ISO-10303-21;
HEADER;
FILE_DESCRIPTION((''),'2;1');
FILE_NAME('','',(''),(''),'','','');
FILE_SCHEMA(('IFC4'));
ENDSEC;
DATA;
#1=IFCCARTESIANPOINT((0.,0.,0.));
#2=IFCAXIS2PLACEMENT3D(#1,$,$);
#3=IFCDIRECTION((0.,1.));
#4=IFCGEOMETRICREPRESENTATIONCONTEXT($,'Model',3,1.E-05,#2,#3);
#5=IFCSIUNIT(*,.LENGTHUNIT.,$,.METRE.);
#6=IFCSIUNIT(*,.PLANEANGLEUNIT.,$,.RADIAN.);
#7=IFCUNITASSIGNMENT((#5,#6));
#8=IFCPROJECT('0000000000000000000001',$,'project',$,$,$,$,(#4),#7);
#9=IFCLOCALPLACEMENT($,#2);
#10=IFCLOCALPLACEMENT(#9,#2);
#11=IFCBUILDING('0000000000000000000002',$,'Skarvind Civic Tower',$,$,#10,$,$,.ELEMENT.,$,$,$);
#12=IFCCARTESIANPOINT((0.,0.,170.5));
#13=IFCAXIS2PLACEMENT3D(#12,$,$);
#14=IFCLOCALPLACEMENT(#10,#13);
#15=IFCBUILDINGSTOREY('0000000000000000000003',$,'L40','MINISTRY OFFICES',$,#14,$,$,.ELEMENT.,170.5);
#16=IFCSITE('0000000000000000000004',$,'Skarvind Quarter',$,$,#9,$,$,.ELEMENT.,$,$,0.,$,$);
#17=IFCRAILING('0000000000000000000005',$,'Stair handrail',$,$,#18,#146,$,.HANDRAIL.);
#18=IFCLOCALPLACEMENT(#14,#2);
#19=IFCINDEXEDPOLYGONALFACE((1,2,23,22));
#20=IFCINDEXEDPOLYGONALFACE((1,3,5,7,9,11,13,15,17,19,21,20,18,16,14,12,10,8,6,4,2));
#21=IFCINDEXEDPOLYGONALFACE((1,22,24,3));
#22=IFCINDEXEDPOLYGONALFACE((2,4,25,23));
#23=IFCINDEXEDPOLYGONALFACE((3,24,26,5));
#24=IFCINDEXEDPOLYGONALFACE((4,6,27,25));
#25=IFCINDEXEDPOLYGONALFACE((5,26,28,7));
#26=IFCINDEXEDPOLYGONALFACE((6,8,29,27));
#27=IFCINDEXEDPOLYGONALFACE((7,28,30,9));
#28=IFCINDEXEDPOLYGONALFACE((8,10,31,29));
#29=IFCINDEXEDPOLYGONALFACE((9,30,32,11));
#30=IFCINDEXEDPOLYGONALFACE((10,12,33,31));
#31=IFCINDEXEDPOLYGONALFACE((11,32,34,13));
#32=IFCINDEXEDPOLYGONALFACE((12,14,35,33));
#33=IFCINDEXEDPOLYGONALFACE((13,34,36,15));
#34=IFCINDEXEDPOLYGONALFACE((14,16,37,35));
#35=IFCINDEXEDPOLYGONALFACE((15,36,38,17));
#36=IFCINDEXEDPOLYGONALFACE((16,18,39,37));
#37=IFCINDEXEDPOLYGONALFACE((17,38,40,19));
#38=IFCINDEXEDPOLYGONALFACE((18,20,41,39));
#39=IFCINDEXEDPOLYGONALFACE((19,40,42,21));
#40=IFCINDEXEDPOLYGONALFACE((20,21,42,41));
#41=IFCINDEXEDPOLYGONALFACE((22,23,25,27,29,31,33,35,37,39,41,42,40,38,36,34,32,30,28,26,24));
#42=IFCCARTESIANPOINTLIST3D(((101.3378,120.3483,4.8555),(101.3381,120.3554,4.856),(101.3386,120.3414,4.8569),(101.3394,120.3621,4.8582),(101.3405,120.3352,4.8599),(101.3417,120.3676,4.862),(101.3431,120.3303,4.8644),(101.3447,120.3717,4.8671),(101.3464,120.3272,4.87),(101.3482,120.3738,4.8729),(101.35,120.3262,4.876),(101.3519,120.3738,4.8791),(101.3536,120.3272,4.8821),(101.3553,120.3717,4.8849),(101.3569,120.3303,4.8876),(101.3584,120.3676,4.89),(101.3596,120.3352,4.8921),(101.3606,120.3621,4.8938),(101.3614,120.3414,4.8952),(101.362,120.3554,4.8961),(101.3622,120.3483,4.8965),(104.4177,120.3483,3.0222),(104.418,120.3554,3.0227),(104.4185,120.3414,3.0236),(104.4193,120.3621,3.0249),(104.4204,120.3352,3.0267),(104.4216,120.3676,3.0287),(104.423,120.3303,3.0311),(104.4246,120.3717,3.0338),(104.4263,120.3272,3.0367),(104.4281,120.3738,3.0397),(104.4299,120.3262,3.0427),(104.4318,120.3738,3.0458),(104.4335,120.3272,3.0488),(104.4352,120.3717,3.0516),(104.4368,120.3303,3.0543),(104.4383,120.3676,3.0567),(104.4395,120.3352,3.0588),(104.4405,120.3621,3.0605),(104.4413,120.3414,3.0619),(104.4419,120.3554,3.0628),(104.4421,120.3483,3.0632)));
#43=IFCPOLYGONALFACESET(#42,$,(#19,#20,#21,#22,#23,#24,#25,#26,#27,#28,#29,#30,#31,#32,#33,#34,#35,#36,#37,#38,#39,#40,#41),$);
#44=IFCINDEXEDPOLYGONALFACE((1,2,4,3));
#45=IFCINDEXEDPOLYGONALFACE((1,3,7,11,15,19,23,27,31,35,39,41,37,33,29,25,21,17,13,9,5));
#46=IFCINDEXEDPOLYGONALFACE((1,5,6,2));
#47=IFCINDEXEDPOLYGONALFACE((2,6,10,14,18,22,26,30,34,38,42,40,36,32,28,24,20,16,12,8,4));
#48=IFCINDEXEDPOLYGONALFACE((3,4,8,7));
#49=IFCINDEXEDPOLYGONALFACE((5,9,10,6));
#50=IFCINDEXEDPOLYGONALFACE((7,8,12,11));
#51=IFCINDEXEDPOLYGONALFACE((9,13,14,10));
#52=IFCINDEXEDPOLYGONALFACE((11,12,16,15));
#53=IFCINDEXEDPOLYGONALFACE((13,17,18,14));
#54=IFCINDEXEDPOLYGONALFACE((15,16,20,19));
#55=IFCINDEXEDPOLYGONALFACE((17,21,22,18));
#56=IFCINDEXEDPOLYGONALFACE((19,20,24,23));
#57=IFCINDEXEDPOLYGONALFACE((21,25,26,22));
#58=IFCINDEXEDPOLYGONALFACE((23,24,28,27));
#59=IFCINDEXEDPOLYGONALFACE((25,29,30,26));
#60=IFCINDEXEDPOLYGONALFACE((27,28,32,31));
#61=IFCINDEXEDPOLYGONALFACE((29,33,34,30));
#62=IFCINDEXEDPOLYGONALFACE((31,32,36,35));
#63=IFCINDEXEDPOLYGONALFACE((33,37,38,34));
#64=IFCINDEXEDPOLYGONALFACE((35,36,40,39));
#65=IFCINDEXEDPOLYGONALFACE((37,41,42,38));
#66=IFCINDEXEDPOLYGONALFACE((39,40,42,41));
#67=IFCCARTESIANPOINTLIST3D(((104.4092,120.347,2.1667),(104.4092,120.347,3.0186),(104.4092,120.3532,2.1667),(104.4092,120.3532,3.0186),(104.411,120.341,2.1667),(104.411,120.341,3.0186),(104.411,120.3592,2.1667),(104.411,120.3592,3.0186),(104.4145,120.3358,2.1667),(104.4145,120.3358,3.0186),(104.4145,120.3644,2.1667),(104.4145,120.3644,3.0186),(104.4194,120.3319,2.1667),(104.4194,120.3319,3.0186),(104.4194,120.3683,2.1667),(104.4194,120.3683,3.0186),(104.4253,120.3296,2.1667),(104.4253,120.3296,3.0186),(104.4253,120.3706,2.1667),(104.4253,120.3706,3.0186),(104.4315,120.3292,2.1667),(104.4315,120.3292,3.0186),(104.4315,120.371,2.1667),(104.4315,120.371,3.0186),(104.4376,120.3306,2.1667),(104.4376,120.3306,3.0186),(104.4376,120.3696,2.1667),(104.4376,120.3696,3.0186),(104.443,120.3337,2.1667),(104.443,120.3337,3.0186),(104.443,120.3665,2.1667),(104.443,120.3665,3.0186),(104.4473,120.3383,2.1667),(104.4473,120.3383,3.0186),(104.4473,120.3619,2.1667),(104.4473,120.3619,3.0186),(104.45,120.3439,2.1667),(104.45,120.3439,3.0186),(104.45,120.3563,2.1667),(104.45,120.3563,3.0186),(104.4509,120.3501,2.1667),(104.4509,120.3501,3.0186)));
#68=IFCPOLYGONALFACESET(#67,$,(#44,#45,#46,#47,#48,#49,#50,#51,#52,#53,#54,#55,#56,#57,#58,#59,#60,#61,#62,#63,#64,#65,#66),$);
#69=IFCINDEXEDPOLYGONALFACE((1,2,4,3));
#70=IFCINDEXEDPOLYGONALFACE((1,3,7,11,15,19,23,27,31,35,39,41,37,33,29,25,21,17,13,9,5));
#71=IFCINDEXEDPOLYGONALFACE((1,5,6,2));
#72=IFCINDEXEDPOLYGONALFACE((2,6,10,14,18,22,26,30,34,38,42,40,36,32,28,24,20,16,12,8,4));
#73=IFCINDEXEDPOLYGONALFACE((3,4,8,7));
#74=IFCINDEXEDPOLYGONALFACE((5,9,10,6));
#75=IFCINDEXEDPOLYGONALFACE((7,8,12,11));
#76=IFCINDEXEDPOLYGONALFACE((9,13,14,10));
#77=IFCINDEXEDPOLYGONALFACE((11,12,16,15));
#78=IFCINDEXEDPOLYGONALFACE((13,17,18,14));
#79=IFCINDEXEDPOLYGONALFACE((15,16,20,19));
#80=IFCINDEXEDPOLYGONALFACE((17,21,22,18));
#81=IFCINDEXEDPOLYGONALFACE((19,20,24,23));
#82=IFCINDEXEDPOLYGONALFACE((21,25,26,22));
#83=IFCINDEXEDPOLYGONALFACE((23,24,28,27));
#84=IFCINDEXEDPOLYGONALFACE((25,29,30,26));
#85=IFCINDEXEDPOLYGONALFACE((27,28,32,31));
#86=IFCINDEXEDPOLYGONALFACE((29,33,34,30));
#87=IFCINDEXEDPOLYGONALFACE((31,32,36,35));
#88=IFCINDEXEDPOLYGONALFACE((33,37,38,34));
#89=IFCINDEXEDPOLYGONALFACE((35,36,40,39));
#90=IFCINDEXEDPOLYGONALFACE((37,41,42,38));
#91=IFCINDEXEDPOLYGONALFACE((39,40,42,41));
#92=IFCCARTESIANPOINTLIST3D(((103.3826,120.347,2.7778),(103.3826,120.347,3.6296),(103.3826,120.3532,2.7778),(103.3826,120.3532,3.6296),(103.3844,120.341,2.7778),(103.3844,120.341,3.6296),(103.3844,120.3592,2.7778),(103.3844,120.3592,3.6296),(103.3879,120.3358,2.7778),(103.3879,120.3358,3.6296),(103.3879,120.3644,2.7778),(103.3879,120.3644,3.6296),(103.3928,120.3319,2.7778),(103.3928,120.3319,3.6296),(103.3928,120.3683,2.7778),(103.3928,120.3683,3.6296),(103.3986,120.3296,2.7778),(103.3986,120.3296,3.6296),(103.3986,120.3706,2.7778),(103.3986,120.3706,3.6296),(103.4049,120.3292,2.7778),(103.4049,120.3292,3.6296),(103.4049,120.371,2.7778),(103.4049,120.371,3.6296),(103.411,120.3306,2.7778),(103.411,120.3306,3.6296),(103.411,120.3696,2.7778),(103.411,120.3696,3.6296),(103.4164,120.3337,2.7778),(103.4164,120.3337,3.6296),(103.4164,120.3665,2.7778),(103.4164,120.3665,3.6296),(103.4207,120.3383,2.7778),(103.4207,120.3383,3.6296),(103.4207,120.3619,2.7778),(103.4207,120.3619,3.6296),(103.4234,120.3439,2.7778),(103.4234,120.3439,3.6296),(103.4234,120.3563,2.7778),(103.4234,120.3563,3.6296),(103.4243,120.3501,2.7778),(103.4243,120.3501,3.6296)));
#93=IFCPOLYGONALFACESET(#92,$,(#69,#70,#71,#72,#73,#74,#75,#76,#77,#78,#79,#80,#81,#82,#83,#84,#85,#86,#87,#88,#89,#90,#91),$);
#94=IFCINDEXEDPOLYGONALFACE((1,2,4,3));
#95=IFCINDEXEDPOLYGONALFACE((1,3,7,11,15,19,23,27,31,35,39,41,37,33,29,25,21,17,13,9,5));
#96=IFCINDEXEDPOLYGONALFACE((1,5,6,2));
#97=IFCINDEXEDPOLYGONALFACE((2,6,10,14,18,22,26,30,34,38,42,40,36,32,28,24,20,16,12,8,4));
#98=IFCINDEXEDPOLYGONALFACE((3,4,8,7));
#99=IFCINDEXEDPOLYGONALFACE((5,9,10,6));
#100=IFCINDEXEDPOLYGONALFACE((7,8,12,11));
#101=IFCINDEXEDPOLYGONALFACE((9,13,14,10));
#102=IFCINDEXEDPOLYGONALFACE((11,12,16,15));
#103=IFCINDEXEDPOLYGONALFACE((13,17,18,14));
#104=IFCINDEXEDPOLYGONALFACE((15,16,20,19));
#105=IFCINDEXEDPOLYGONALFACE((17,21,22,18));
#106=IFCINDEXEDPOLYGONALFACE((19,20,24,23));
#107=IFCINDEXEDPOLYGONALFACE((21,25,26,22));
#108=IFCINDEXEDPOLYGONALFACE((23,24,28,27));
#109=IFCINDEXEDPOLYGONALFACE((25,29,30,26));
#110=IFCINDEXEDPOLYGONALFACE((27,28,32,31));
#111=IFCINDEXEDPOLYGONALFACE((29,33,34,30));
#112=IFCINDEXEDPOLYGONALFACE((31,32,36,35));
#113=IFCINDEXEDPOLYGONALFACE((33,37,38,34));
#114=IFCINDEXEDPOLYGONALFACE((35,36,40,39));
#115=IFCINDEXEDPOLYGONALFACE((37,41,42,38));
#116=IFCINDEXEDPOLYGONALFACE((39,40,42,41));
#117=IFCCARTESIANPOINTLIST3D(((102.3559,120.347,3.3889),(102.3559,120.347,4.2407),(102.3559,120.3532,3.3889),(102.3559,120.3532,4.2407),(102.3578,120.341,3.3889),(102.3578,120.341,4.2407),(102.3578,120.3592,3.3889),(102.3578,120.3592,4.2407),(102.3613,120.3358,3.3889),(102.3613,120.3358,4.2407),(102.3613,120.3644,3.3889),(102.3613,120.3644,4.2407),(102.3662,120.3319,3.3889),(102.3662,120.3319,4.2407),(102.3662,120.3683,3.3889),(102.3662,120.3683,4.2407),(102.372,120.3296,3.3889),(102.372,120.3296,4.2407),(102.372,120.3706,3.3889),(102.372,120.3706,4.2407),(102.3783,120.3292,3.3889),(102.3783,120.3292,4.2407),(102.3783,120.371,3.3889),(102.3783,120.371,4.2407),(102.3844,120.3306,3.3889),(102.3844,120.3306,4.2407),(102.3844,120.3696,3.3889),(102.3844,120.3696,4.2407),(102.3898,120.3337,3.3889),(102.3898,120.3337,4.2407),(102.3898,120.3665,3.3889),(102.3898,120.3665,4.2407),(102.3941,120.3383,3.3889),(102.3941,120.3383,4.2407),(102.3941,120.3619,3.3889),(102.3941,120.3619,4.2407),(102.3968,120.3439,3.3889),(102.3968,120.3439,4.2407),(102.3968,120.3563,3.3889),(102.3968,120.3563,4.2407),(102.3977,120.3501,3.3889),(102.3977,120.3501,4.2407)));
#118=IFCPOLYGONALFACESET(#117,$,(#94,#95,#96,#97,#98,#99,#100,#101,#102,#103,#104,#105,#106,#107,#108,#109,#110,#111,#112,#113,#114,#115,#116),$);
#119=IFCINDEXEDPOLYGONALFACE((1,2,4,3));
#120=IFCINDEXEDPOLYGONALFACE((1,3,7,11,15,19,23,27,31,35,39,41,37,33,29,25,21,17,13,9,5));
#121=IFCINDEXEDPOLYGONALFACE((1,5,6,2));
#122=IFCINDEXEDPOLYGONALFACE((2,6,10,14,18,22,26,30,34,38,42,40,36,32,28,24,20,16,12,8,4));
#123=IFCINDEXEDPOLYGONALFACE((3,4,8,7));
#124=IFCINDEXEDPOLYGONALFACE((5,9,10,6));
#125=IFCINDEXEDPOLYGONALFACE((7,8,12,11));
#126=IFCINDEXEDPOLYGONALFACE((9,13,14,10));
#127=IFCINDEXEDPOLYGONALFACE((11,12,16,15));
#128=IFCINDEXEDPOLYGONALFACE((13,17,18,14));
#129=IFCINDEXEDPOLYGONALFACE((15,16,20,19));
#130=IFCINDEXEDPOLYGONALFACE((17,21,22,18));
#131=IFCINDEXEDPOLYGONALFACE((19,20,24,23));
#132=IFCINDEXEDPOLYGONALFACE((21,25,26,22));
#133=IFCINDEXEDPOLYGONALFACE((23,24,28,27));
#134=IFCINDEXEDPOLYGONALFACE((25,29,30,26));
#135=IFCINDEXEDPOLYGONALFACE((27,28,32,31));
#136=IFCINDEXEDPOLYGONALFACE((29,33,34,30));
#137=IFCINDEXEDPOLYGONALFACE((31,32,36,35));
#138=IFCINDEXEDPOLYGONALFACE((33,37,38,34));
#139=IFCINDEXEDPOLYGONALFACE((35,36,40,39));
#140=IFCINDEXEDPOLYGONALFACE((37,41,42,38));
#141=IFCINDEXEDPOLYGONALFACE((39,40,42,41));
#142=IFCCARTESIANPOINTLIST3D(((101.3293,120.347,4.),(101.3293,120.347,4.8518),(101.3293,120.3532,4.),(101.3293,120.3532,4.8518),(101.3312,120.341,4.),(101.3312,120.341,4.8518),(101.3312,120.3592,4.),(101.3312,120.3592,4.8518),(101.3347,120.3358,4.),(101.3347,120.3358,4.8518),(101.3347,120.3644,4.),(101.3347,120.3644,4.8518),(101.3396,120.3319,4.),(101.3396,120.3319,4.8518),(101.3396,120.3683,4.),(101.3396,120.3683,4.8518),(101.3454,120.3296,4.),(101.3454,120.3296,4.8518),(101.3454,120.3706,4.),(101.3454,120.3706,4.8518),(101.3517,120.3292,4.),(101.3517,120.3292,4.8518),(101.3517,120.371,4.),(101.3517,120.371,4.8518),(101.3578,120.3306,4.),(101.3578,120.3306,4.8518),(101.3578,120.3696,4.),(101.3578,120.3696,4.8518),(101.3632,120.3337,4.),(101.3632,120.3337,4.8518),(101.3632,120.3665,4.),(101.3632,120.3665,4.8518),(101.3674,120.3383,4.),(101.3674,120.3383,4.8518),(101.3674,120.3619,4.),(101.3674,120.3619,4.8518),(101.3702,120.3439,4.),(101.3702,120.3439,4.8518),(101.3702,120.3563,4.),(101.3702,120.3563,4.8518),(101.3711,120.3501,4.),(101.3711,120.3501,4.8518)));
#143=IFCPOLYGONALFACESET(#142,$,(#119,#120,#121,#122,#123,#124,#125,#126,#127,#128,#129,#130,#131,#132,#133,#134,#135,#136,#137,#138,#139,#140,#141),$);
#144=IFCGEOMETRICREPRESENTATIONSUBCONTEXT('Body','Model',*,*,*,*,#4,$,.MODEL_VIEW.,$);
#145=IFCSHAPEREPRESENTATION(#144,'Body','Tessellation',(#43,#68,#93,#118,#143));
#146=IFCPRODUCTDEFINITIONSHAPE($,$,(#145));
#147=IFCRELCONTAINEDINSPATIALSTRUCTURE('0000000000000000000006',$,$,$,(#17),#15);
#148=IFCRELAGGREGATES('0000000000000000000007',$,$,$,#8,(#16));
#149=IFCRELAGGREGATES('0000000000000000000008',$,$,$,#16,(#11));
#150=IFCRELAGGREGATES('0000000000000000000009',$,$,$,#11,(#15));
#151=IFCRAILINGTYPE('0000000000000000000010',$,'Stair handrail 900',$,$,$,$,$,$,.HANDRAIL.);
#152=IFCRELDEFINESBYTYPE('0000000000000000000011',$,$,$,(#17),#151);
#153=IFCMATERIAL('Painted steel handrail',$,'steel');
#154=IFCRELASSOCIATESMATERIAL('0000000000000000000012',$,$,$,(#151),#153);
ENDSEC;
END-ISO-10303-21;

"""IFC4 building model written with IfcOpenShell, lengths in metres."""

from ifc_helpers import new_model, si_unit, direction, frame, origin, origin_2d, place, context, subcontext, project, spatial, circle, extrude, material, type_object, element, save


model = new_model("IFC4")

# Units and contexts
model_context = context("Model", 3, precision=1e-05, world=origin(), true_north=direction((0.0, 1.0)))
body_context = subcontext(model_context, "Body", "Model", "MODEL_VIEW")
ifc_project = project(units=[si_unit("LENGTHUNIT", "METRE"), si_unit("PLANEANGLEUNIT", "RADIAN")], contexts=[model_context])

# Site, building, storey
site_placement = place(None, origin())
site = spatial("IfcSite", under=ifc_project, at=site_placement, Name="Skarvind Quarter", CompositionType="ELEMENT", RefElevation=0.0)
building_placement = place(site_placement, origin())
building = spatial("IfcBuilding", under=site, at=building_placement, Name="Skarvind Civic Tower", CompositionType="ELEMENT")
storey_placement = place(building_placement, frame((0.0, 0.0, 170.5)))
storey = spatial("IfcBuildingStorey", under=building, at=storey_placement, Name="L40", Description="MINISTRY OFFICES", CompositionType="ELEMENT", Elevation=170.5)

# Railing
ifc_material_1 = material(Name="Painted steel handrail", Category="steel")
railing_type = type_object("IfcRailingType", Name="Stair handrail 900", PredefinedType="HANDRAIL", material=ifc_material_1)
railing_1_placement = place(storey_placement, frame((104.4299, 120.3501, 2.1667)))
element("IfcRailing", 1, at=railing_1_placement, inside=storey, type_object=railing_type, Name="Stair handrail", PredefinedType="HANDRAIL", context=body_context, shape_type="SweptSolid", body=[
    extrude(circle(Radius=0.0239, at=origin_2d()), frame((0.0, 0.0, 0.876), z_axis=(-0.859291, 0.0, 0.511487), x_axis=(0.0, -1.0, 0.0)), (0.0, 0.0, 1.0), 3.5842),
    extrude(circle(Radius=0.021, at=origin_2d()), origin(), (0.0, 0.0, 1.0), 0.8518),
    extrude(circle(Radius=0.021, at=origin_2d()), frame((-1.0266, 0.0, 0.6111)), (0.0, 0.0, 1.0), 0.8518),
    extrude(circle(Radius=0.021, at=origin_2d()), frame((-2.0532, 0.0, 1.2222)), (0.0, 0.0, 1.0), 0.8518),
    extrude(circle(Radius=0.021, at=origin_2d()), frame((-3.0798, 0.0, 1.8333)), (0.0, 0.0, 1.0), 0.8518),
])

save(model, "model.ifc")
